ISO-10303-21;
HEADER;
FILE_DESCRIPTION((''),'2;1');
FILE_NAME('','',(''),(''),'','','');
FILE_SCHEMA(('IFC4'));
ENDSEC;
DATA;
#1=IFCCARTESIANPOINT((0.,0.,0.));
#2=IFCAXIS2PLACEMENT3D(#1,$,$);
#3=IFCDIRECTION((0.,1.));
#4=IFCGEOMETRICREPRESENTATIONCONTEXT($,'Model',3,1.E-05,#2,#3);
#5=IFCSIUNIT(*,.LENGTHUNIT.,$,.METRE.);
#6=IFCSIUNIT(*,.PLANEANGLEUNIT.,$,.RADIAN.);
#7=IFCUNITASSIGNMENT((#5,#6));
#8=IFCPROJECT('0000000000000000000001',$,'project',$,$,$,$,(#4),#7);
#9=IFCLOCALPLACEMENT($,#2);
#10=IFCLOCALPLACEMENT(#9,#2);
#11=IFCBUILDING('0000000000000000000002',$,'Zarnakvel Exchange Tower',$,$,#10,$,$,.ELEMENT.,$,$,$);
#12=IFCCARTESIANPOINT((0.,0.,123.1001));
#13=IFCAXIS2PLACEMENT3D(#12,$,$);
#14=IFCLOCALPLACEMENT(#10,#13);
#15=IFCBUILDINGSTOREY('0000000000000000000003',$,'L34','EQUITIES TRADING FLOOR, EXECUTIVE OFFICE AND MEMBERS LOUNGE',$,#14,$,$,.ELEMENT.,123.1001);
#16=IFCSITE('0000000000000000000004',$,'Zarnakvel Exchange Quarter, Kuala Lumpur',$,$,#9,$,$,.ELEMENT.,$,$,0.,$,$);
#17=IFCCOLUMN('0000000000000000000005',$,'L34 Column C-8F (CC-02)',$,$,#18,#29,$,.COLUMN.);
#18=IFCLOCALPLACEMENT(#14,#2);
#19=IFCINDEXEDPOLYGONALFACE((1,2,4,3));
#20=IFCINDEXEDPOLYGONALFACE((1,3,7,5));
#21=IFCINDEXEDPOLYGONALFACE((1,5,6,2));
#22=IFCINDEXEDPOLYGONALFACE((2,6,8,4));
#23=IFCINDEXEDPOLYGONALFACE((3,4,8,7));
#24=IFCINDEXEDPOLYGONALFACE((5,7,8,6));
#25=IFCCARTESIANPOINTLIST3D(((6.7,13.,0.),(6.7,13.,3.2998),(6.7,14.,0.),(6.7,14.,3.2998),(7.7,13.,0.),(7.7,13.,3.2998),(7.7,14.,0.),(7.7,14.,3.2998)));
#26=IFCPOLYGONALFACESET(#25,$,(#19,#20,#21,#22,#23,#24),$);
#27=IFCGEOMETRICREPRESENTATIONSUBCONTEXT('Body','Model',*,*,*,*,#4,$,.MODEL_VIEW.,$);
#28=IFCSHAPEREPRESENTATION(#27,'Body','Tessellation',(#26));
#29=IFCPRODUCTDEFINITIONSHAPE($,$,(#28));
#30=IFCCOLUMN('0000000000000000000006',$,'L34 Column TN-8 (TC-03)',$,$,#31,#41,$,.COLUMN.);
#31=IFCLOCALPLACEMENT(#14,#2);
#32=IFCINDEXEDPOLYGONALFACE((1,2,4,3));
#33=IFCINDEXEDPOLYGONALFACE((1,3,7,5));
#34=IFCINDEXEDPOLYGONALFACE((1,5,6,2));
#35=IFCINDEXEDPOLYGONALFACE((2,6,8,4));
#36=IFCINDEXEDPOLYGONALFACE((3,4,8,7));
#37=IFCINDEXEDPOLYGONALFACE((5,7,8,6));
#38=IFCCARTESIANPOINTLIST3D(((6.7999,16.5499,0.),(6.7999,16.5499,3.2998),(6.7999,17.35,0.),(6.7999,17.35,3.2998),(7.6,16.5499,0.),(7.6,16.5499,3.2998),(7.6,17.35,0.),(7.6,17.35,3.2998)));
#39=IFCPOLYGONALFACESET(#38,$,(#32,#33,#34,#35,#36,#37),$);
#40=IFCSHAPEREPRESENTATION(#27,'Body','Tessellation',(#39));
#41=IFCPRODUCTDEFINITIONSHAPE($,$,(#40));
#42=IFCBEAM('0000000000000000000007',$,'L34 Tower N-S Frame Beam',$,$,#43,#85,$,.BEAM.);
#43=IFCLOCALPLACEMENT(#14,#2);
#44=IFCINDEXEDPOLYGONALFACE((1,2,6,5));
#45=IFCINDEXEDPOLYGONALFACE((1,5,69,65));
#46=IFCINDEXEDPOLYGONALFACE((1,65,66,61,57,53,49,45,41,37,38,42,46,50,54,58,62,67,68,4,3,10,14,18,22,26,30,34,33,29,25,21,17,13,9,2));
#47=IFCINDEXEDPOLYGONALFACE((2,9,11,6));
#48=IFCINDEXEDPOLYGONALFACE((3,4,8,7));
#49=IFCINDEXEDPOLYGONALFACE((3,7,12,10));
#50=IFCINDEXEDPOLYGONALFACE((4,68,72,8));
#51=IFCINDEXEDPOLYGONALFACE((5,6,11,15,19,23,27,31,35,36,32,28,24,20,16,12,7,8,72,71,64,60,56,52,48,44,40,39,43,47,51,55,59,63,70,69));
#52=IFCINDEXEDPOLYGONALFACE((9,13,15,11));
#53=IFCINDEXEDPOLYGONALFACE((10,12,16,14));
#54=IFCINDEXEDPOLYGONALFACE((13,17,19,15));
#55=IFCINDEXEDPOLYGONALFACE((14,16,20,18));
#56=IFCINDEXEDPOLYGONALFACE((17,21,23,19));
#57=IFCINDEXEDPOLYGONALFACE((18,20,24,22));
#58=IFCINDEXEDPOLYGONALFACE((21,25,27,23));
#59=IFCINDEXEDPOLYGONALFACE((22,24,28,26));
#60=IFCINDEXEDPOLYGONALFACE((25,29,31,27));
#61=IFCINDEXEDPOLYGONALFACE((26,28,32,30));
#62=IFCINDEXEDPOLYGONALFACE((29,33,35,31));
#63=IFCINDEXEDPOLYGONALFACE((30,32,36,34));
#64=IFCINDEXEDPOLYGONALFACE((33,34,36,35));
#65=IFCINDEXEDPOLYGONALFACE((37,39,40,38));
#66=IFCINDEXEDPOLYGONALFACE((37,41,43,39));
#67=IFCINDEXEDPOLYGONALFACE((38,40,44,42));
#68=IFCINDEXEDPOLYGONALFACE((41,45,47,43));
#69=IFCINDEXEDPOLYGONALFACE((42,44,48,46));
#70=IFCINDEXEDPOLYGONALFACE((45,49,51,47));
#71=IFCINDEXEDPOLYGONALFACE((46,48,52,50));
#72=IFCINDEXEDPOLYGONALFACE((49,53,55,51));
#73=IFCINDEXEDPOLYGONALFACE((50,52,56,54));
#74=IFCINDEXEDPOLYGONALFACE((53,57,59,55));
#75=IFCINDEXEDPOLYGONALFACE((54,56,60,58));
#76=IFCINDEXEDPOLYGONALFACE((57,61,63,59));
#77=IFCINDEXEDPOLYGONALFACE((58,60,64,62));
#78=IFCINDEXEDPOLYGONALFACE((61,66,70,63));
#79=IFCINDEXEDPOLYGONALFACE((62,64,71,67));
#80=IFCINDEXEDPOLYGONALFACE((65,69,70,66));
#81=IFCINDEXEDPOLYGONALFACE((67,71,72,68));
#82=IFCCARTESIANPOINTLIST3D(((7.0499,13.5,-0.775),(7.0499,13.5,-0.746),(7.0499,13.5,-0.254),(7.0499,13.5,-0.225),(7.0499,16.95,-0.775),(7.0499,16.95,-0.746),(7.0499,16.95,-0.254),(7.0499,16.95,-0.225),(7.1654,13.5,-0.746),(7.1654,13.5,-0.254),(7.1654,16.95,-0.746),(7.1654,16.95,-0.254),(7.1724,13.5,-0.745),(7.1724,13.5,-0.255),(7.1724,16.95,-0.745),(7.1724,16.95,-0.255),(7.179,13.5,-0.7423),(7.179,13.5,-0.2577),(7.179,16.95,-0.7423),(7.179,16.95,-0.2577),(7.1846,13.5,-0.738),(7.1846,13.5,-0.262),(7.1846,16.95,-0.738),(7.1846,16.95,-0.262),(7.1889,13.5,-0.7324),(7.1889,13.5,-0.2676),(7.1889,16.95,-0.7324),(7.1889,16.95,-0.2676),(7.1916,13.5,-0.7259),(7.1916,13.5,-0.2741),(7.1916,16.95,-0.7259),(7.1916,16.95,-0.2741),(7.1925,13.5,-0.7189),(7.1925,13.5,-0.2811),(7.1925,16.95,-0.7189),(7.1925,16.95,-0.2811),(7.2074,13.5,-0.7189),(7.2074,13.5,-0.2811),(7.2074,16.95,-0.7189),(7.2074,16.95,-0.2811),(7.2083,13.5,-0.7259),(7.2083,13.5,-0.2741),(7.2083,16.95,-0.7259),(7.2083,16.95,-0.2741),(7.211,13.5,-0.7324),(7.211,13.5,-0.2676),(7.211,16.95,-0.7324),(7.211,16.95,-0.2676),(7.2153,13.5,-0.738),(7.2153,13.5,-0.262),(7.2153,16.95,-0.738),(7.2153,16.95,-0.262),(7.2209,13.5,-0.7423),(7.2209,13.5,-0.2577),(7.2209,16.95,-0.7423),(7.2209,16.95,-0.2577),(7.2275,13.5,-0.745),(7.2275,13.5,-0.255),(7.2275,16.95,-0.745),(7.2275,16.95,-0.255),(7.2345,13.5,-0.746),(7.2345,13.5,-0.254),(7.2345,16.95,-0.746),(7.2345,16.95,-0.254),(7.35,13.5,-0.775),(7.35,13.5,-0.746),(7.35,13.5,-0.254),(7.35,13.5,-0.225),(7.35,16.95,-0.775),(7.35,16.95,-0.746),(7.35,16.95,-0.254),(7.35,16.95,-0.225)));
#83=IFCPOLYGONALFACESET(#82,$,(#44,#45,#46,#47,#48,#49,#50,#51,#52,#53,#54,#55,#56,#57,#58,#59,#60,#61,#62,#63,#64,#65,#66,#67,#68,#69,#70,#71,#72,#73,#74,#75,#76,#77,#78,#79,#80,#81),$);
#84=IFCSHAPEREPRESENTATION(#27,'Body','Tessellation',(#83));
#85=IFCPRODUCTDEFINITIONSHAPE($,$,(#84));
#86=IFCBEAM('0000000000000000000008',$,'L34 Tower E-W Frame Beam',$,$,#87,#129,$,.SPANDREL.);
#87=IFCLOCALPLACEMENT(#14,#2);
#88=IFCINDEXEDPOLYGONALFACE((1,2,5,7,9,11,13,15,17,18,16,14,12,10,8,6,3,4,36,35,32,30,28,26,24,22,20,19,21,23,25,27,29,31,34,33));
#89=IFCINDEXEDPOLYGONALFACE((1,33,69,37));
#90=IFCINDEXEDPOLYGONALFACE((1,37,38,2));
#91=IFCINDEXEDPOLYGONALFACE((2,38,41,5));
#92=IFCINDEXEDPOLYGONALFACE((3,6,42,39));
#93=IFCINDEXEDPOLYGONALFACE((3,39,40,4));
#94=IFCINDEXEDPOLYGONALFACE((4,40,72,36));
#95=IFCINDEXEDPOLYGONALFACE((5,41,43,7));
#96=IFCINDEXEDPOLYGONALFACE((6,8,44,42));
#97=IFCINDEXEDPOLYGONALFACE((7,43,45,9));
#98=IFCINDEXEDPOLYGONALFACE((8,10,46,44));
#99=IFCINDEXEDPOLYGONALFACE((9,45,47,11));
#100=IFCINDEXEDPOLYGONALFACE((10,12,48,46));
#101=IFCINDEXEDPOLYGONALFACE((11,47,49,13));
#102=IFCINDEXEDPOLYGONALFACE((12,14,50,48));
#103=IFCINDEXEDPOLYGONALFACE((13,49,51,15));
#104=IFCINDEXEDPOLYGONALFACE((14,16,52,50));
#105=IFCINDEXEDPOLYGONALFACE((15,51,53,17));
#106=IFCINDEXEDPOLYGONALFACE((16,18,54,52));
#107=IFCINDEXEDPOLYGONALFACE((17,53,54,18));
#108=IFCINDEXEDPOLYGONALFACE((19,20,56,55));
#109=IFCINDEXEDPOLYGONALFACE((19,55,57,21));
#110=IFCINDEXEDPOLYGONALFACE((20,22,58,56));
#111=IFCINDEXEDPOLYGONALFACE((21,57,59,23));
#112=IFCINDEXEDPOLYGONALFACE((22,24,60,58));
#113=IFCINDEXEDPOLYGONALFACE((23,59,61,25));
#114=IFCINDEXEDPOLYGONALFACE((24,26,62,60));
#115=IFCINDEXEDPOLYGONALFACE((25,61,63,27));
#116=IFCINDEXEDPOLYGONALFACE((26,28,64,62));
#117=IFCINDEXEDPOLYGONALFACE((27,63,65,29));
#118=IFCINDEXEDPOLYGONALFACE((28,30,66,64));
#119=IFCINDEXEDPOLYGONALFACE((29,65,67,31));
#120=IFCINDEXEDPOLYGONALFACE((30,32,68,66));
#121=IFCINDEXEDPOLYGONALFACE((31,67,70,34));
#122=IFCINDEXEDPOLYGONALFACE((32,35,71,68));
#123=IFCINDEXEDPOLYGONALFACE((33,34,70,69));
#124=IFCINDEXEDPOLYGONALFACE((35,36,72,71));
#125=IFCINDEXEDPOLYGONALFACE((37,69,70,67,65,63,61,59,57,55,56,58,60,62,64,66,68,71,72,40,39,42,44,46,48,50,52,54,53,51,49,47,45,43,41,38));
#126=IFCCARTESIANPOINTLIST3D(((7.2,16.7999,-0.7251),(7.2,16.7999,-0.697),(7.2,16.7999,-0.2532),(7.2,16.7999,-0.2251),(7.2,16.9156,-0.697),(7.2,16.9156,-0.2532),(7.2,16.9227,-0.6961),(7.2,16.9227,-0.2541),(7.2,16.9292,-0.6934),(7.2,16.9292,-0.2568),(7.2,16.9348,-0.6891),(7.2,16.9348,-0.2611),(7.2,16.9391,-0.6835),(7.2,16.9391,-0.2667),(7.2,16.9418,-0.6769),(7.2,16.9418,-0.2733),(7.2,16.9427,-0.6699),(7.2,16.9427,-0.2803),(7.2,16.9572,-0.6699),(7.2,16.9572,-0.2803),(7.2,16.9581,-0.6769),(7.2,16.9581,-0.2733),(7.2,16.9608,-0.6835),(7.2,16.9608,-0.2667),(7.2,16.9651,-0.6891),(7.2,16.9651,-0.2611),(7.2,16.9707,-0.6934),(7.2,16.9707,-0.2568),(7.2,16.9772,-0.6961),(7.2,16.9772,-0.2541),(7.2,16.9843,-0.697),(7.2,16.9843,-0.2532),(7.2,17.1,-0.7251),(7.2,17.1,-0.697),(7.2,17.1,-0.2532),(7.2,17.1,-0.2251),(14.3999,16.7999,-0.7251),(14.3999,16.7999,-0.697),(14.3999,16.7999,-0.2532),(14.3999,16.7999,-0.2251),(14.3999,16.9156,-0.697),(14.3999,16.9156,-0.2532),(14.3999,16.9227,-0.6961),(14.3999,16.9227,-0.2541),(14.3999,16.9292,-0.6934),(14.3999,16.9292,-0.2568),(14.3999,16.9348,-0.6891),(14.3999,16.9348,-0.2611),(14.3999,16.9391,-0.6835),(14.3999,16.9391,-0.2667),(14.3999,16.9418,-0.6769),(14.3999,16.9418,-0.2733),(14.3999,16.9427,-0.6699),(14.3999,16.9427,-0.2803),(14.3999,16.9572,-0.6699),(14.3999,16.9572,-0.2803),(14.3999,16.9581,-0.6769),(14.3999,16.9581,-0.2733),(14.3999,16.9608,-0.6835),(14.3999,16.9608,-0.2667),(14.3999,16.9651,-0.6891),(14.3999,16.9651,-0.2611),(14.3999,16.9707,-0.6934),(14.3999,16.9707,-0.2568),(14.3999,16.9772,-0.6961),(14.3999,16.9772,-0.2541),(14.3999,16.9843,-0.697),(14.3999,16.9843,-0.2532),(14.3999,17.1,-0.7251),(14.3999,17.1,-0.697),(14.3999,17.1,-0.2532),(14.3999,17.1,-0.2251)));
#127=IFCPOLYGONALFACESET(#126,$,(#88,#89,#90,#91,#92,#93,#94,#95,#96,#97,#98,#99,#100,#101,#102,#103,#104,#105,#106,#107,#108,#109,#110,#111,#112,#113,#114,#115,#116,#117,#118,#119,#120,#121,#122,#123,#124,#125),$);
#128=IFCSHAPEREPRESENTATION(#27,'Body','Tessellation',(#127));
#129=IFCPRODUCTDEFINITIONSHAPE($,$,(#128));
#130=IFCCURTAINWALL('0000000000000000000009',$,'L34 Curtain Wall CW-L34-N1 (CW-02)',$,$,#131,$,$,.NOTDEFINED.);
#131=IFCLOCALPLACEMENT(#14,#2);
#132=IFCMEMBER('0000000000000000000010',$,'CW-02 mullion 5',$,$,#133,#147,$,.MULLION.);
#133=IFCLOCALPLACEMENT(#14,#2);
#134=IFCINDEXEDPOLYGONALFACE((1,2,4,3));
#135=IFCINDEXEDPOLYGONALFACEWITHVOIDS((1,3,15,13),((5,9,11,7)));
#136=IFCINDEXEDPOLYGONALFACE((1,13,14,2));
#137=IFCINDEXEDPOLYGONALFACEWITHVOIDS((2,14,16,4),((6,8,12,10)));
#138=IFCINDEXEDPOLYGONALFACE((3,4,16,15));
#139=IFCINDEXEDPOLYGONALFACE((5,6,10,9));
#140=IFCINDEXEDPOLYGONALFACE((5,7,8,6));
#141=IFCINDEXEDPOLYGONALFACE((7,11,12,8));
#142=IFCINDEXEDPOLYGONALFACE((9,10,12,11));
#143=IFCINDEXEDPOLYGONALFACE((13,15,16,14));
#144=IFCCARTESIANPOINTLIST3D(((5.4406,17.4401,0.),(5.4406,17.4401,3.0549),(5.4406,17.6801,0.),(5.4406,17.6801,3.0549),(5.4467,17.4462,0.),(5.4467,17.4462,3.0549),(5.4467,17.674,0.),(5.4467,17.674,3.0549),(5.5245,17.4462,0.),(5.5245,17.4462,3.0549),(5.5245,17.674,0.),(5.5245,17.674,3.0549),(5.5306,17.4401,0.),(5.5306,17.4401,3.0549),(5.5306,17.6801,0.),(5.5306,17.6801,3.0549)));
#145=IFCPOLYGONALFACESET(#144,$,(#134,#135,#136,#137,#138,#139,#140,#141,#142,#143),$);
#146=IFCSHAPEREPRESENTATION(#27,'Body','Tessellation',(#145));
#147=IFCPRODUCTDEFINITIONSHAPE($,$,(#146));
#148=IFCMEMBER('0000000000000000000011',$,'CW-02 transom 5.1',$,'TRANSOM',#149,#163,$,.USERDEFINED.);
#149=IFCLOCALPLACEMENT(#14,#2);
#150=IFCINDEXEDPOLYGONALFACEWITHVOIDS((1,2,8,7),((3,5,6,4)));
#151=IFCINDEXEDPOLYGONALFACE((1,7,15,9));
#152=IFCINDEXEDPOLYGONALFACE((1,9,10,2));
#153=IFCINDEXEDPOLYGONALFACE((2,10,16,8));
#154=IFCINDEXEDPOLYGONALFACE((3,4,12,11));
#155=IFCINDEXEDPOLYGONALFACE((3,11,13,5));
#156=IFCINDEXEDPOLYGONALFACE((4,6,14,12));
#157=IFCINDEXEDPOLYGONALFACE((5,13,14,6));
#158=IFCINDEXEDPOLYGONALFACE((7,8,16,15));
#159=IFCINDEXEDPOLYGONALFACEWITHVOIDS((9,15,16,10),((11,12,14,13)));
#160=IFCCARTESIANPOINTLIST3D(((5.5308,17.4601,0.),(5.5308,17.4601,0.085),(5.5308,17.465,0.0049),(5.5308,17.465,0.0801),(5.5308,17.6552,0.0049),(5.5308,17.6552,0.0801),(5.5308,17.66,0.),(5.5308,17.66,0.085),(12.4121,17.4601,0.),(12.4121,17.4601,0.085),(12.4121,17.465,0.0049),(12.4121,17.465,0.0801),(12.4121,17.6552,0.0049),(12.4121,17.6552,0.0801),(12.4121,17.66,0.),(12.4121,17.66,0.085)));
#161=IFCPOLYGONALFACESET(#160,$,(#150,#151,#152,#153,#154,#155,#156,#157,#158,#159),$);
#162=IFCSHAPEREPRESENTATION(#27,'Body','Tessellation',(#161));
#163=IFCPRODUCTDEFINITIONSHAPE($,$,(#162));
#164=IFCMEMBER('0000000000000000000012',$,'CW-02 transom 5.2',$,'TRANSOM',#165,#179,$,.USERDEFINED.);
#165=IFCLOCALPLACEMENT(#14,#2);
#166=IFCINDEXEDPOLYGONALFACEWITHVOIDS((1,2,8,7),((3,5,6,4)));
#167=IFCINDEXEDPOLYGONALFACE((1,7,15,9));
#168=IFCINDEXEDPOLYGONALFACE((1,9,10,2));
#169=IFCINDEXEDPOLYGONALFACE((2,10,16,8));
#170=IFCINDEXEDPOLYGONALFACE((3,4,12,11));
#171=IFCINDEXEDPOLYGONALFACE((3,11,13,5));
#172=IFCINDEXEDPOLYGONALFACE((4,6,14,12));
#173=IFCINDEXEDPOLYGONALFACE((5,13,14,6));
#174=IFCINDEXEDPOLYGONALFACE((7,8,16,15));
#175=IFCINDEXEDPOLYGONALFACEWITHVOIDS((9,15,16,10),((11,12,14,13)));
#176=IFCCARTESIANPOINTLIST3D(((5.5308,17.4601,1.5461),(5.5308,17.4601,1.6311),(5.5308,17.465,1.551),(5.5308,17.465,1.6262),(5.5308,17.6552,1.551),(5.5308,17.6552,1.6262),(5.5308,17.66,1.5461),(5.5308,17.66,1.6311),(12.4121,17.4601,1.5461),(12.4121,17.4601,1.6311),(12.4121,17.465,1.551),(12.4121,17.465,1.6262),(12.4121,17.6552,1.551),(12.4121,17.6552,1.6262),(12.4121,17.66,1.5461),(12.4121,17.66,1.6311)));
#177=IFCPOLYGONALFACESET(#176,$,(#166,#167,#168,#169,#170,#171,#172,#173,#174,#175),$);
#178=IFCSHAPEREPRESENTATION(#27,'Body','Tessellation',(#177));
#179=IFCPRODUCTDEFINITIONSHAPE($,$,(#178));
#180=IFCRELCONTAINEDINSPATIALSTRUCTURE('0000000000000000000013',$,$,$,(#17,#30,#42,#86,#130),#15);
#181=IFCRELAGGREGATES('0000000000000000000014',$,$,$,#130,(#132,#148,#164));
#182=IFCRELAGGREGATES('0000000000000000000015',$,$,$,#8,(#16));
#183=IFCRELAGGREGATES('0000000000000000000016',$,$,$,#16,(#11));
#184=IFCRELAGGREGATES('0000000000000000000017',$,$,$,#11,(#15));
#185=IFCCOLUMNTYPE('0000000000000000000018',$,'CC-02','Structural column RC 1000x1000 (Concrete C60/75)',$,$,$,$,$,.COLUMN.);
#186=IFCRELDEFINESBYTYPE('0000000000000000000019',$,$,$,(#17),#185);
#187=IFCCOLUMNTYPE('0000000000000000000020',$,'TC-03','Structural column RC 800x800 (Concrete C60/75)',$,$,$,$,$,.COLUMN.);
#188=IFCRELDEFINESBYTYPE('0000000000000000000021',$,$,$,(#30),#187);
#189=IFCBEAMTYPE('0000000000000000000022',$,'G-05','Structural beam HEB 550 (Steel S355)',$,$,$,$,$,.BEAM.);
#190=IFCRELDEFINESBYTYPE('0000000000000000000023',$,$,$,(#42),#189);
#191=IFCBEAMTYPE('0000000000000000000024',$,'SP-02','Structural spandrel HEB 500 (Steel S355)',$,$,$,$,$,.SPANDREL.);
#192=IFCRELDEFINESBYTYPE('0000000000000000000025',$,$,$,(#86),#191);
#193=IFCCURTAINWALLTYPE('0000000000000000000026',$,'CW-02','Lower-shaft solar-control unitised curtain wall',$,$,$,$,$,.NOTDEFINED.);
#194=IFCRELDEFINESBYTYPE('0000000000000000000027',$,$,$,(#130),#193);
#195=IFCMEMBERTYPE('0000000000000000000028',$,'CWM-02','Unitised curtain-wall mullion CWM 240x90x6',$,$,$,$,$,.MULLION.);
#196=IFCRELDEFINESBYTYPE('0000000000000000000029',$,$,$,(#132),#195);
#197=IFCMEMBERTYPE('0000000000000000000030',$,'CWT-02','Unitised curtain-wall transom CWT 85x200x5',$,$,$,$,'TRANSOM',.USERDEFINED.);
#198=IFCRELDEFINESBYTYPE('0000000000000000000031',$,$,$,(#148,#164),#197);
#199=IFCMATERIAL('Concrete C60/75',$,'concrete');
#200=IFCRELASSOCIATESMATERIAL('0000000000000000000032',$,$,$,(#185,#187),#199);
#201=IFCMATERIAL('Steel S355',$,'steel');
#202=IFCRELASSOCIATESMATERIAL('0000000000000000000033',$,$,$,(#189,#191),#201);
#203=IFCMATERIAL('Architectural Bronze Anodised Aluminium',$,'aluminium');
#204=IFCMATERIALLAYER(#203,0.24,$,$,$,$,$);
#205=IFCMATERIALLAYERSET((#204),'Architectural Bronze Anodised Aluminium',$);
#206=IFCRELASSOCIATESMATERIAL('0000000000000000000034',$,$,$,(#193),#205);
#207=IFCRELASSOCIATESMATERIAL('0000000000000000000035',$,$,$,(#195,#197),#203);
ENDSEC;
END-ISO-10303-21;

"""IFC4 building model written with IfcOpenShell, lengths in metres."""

from ifc_helpers import new_model, si_unit, direction, frame, origin, origin_2d, place, context, subcontext, project, spatial, rectangle, hollow_rectangle, i_section, extrude, source, transform, mapped, material, layer, layer_set, material_profile, profile_set, type_object, element, aggregate, save


model = new_model("IFC4")

# Units and contexts
model_context = context("Model", 3, precision=1e-05, world=origin(), true_north=direction((0.0, 1.0)))
body_context = subcontext(model_context, "Body", "Model", "MODEL_VIEW")
ifc_project = project(units=[si_unit("LENGTHUNIT", "METRE"), si_unit("PLANEANGLEUNIT", "RADIAN")], contexts=[model_context])

# Site, building, storey
site_placement = place(None, origin())
site = spatial("IfcSite", under=ifc_project, at=site_placement, Name="Zarnakvel Exchange Quarter, Kuala Lumpur", CompositionType="ELEMENT", RefElevation=0.0)
building_placement = place(site_placement, origin())
building = spatial("IfcBuilding", under=site, at=building_placement, Name="Zarnakvel Exchange Tower", CompositionType="ELEMENT")
storey_placement = place(building_placement, frame((0.0, 0.0, 123.1001)))
storey = spatial("IfcBuildingStorey", under=building, at=storey_placement, Name="L34", Description="EQUITIES TRADING FLOOR, EXECUTIVE OFFICE AND MEMBERS LOUNGE", CompositionType="ELEMENT", Elevation=123.1001)

# Columns
ifc_material_1 = material(Name="Concrete C60/75", Category="concrete")
ifc_material_profile_1 = material_profile(ifc_material_1, rectangle(XDim=1.0, YDim=1.0, at=origin_2d()))
ifc_profile_set_1 = profile_set([ifc_material_profile_1], Name="Concrete C60/75")
column_type_1 = type_object("IfcColumnType", Name="CC-02", Description="Structural column RC 1000x1000 (Concrete C60/75)", PredefinedType="COLUMN", material=ifc_profile_set_1)
column_1_placement = place(storey_placement, frame((7.2, 13.5, 0.0), z_axis=(0.0, 0.0, 1.0), x_axis=(1.0, 0.0, 0.0)))
element("IfcColumn", 1, at=column_1_placement, inside=storey, type_object=column_type_1, Name="L34 Column C-8F (CC-02)", PredefinedType="COLUMN", context=body_context, shape_type="SweptSolid", body=[
    extrude(rectangle(XDim=1.0, YDim=1.0, at=origin_2d()), origin(), (0.0, 0.0, 1.0), 3.2998),
])
ifc_material_profile_2 = material_profile(ifc_material_1, rectangle(XDim=0.8, YDim=0.8, at=origin_2d()))
ifc_profile_set_2 = profile_set([ifc_material_profile_2], Name="Concrete C60/75")
column_type_2 = type_object("IfcColumnType", Name="TC-03", Description="Structural column RC 800x800 (Concrete C60/75)", PredefinedType="COLUMN", material=ifc_profile_set_2)
column_2_placement = place(storey_placement, frame((7.2, 16.95, 0.0), z_axis=(0.0, 0.0, 1.0), x_axis=(1.0, 0.0, 0.0)))
element("IfcColumn", 2, at=column_2_placement, inside=storey, type_object=column_type_2, Name="L34 Column TN-8 (TC-03)", PredefinedType="COLUMN", context=body_context, shape_type="SweptSolid", body=[
    extrude(rectangle(XDim=0.8, YDim=0.8, at=origin_2d()), origin(), (0.0, 0.0, 1.0), 3.2998),
])

# Beams
ifc_material_2 = material(Name="Steel S355", Category="steel")
ifc_material_profile_3 = material_profile(ifc_material_2, i_section(OverallWidth=0.3, OverallDepth=0.55, WebThickness=0.0149, FlangeThickness=0.0291, FilletRadius=0.0271, at=origin_2d()))
ifc_profile_set_3 = profile_set([ifc_material_profile_3], Name="Steel S355")
beam_type_1 = type_object("IfcBeamType", Name="G-05", Description="Structural beam HEB 550 (Steel S355)", PredefinedType="BEAM", material=ifc_profile_set_3)
beam_1_placement = place(storey_placement, frame((7.2, 13.5, -0.5), z_axis=(0.0, 1.0, 0.0), x_axis=(-1.0, 0.0, 0.0)))
element("IfcBeam", 3, at=beam_1_placement, inside=storey, type_object=beam_type_1, Name="L34 Tower N-S Frame Beam", PredefinedType="BEAM", context=body_context, shape_type="SweptSolid", body=[
    extrude(i_section(OverallWidth=0.3, OverallDepth=0.55, WebThickness=0.0149, FlangeThickness=0.0291, FilletRadius=0.0271, at=origin_2d()), origin(), (0.0, 0.0, 1.0), 3.45),
])
ifc_material_profile_4 = material_profile(ifc_material_2, i_section(OverallWidth=0.3, OverallDepth=0.5, WebThickness=0.0144, FlangeThickness=0.0281, FilletRadius=0.0271, at=origin_2d()))
ifc_profile_set_4 = profile_set([ifc_material_profile_4], Name="Steel S355")
beam_type_2 = type_object("IfcBeamType", Name="SP-02", Description="Structural spandrel HEB 500 (Steel S355)", PredefinedType="SPANDREL", material=ifc_profile_set_4)
beam_2_placement = place(storey_placement, frame((7.2, 16.95, -0.4751), z_axis=(1.0, 0.0, 0.0), x_axis=(0.0, 1.0, 0.0)))
element("IfcBeam", 4, at=beam_2_placement, inside=storey, type_object=beam_type_2, Name="L34 Tower E-W Frame Beam", PredefinedType="SPANDREL", context=body_context, shape_type="SweptSolid", body=[
    extrude(i_section(OverallWidth=0.3, OverallDepth=0.5, WebThickness=0.0144, FlangeThickness=0.0281, FilletRadius=0.0271, at=origin_2d()), origin(), (0.0, 0.0, 1.0), 7.2),
])

# Curtain wall, members
ifc_material_3 = material(Name="Architectural Bronze Anodised Aluminium", Category="aluminium")
ifc_layer_1 = layer(ifc_material_3, 0.24)
ifc_layer_set_1 = layer_set([ifc_layer_1], Name="Architectural Bronze Anodised Aluminium")
curtain_wall_type = type_object("IfcCurtainWallType", Name="CW-02", Description="Lower-shaft solar-control unitised curtain wall", PredefinedType="NOTDEFINED", material=ifc_layer_set_1)
curtain_wall_placement = place(storey_placement, origin())
curtain_wall = element("IfcCurtainWall", 5, at=curtain_wall_placement, inside=storey, type_object=curtain_wall_type, Name="L34 Curtain Wall CW-L34-N1 (CW-02)", PredefinedType="NOTDEFINED")
ifc_material_profile_5 = material_profile(ifc_material_3, hollow_rectangle(XDim=0.24, YDim=0.0901, WallThickness=0.0061, at=origin_2d()))
ifc_profile_set_5 = profile_set([ifc_material_profile_5], Name="Architectural Bronze Anodised Aluminium")
member_type_1 = type_object("IfcMemberType", Name="CWM-02", Description="Unitised curtain-wall mullion CWM 240x90x6", PredefinedType="MULLION", material=ifc_profile_set_5)
shared_shape_1 = source(origin(), body_context, "Body", "SweptSolid", [
    extrude(hollow_rectangle(XDim=0.24, YDim=0.0901, WallThickness=0.0061, at=origin_2d()), origin(), (0.0, 0.0, 1.0), 3.0549),
])
member_1_placement = place(storey_placement, frame((5.4856, 17.5601, 0.0), z_axis=(0.0, 0.0, 1.0), x_axis=(0.0, 1.0, 0.0)))
member_1 = element("IfcMember", 6, at=member_1_placement, type_object=member_type_1, Name="CW-02 mullion 5", PredefinedType="MULLION", context=body_context, shape_type="MappedRepresentation", body=[
    mapped(shared_shape_1, transform((0.0, 0.0, 0.0), x_axis=(1.0, 0.0, 0.0), y_axis=(0.0, 1.0, 0.0), z_axis=(0.0, 0.0, 1.0), scale=1.0)),
])
ifc_material_profile_6 = material_profile(ifc_material_3, hollow_rectangle(XDim=0.2, YDim=0.085, WallThickness=0.0049, at=origin_2d()))
ifc_profile_set_6 = profile_set([ifc_material_profile_6], Name="Architectural Bronze Anodised Aluminium")
member_type_2 = type_object("IfcMemberType", Name="CWT-02", Description="Unitised curtain-wall transom CWT 85x200x5", ElementType="TRANSOM", PredefinedType="USERDEFINED", material=ifc_profile_set_6)
shared_shape_2 = source(origin(), body_context, "Body", "SweptSolid", [
    extrude(hollow_rectangle(XDim=0.2, YDim=0.085, WallThickness=0.0049, at=origin_2d()), origin(), (0.0, 0.0, 1.0), 6.8813),
])
member_2_placement = place(storey_placement, frame((5.5308, 17.5601, 0.0425), z_axis=(1.0, 0.0, 0.0), x_axis=(0.0, 1.0, 0.0)))
member_2 = element("IfcMember", 7, at=member_2_placement, type_object=member_type_2, Name="CW-02 transom 5.1", ObjectType="TRANSOM", PredefinedType="USERDEFINED", context=body_context, shape_type="MappedRepresentation", body=[
    mapped(shared_shape_2, transform((0.0, 0.0, 0.0), x_axis=(1.0, 0.0, 0.0), y_axis=(0.0, 1.0, 0.0), z_axis=(0.0, 0.0, 1.0), scale=1.0)),
])
member_3_placement = place(storey_placement, frame((5.5308, 17.5601, 1.5886), z_axis=(1.0, 0.0, 0.0), x_axis=(0.0, 1.0, 0.0)))
member_3 = element("IfcMember", 8, at=member_3_placement, type_object=member_type_2, Name="CW-02 transom 5.2", ObjectType="TRANSOM", PredefinedType="USERDEFINED", context=body_context, shape_type="MappedRepresentation", body=[
    mapped(shared_shape_2, transform((0.0, 0.0, 0.0), x_axis=(1.0, 0.0, 0.0), y_axis=(0.0, 1.0, 0.0), z_axis=(0.0, 0.0, 1.0), scale=1.0)),
])
aggregate(curtain_wall, [member_1, member_2, member_3])

save(model, "model.ifc")
